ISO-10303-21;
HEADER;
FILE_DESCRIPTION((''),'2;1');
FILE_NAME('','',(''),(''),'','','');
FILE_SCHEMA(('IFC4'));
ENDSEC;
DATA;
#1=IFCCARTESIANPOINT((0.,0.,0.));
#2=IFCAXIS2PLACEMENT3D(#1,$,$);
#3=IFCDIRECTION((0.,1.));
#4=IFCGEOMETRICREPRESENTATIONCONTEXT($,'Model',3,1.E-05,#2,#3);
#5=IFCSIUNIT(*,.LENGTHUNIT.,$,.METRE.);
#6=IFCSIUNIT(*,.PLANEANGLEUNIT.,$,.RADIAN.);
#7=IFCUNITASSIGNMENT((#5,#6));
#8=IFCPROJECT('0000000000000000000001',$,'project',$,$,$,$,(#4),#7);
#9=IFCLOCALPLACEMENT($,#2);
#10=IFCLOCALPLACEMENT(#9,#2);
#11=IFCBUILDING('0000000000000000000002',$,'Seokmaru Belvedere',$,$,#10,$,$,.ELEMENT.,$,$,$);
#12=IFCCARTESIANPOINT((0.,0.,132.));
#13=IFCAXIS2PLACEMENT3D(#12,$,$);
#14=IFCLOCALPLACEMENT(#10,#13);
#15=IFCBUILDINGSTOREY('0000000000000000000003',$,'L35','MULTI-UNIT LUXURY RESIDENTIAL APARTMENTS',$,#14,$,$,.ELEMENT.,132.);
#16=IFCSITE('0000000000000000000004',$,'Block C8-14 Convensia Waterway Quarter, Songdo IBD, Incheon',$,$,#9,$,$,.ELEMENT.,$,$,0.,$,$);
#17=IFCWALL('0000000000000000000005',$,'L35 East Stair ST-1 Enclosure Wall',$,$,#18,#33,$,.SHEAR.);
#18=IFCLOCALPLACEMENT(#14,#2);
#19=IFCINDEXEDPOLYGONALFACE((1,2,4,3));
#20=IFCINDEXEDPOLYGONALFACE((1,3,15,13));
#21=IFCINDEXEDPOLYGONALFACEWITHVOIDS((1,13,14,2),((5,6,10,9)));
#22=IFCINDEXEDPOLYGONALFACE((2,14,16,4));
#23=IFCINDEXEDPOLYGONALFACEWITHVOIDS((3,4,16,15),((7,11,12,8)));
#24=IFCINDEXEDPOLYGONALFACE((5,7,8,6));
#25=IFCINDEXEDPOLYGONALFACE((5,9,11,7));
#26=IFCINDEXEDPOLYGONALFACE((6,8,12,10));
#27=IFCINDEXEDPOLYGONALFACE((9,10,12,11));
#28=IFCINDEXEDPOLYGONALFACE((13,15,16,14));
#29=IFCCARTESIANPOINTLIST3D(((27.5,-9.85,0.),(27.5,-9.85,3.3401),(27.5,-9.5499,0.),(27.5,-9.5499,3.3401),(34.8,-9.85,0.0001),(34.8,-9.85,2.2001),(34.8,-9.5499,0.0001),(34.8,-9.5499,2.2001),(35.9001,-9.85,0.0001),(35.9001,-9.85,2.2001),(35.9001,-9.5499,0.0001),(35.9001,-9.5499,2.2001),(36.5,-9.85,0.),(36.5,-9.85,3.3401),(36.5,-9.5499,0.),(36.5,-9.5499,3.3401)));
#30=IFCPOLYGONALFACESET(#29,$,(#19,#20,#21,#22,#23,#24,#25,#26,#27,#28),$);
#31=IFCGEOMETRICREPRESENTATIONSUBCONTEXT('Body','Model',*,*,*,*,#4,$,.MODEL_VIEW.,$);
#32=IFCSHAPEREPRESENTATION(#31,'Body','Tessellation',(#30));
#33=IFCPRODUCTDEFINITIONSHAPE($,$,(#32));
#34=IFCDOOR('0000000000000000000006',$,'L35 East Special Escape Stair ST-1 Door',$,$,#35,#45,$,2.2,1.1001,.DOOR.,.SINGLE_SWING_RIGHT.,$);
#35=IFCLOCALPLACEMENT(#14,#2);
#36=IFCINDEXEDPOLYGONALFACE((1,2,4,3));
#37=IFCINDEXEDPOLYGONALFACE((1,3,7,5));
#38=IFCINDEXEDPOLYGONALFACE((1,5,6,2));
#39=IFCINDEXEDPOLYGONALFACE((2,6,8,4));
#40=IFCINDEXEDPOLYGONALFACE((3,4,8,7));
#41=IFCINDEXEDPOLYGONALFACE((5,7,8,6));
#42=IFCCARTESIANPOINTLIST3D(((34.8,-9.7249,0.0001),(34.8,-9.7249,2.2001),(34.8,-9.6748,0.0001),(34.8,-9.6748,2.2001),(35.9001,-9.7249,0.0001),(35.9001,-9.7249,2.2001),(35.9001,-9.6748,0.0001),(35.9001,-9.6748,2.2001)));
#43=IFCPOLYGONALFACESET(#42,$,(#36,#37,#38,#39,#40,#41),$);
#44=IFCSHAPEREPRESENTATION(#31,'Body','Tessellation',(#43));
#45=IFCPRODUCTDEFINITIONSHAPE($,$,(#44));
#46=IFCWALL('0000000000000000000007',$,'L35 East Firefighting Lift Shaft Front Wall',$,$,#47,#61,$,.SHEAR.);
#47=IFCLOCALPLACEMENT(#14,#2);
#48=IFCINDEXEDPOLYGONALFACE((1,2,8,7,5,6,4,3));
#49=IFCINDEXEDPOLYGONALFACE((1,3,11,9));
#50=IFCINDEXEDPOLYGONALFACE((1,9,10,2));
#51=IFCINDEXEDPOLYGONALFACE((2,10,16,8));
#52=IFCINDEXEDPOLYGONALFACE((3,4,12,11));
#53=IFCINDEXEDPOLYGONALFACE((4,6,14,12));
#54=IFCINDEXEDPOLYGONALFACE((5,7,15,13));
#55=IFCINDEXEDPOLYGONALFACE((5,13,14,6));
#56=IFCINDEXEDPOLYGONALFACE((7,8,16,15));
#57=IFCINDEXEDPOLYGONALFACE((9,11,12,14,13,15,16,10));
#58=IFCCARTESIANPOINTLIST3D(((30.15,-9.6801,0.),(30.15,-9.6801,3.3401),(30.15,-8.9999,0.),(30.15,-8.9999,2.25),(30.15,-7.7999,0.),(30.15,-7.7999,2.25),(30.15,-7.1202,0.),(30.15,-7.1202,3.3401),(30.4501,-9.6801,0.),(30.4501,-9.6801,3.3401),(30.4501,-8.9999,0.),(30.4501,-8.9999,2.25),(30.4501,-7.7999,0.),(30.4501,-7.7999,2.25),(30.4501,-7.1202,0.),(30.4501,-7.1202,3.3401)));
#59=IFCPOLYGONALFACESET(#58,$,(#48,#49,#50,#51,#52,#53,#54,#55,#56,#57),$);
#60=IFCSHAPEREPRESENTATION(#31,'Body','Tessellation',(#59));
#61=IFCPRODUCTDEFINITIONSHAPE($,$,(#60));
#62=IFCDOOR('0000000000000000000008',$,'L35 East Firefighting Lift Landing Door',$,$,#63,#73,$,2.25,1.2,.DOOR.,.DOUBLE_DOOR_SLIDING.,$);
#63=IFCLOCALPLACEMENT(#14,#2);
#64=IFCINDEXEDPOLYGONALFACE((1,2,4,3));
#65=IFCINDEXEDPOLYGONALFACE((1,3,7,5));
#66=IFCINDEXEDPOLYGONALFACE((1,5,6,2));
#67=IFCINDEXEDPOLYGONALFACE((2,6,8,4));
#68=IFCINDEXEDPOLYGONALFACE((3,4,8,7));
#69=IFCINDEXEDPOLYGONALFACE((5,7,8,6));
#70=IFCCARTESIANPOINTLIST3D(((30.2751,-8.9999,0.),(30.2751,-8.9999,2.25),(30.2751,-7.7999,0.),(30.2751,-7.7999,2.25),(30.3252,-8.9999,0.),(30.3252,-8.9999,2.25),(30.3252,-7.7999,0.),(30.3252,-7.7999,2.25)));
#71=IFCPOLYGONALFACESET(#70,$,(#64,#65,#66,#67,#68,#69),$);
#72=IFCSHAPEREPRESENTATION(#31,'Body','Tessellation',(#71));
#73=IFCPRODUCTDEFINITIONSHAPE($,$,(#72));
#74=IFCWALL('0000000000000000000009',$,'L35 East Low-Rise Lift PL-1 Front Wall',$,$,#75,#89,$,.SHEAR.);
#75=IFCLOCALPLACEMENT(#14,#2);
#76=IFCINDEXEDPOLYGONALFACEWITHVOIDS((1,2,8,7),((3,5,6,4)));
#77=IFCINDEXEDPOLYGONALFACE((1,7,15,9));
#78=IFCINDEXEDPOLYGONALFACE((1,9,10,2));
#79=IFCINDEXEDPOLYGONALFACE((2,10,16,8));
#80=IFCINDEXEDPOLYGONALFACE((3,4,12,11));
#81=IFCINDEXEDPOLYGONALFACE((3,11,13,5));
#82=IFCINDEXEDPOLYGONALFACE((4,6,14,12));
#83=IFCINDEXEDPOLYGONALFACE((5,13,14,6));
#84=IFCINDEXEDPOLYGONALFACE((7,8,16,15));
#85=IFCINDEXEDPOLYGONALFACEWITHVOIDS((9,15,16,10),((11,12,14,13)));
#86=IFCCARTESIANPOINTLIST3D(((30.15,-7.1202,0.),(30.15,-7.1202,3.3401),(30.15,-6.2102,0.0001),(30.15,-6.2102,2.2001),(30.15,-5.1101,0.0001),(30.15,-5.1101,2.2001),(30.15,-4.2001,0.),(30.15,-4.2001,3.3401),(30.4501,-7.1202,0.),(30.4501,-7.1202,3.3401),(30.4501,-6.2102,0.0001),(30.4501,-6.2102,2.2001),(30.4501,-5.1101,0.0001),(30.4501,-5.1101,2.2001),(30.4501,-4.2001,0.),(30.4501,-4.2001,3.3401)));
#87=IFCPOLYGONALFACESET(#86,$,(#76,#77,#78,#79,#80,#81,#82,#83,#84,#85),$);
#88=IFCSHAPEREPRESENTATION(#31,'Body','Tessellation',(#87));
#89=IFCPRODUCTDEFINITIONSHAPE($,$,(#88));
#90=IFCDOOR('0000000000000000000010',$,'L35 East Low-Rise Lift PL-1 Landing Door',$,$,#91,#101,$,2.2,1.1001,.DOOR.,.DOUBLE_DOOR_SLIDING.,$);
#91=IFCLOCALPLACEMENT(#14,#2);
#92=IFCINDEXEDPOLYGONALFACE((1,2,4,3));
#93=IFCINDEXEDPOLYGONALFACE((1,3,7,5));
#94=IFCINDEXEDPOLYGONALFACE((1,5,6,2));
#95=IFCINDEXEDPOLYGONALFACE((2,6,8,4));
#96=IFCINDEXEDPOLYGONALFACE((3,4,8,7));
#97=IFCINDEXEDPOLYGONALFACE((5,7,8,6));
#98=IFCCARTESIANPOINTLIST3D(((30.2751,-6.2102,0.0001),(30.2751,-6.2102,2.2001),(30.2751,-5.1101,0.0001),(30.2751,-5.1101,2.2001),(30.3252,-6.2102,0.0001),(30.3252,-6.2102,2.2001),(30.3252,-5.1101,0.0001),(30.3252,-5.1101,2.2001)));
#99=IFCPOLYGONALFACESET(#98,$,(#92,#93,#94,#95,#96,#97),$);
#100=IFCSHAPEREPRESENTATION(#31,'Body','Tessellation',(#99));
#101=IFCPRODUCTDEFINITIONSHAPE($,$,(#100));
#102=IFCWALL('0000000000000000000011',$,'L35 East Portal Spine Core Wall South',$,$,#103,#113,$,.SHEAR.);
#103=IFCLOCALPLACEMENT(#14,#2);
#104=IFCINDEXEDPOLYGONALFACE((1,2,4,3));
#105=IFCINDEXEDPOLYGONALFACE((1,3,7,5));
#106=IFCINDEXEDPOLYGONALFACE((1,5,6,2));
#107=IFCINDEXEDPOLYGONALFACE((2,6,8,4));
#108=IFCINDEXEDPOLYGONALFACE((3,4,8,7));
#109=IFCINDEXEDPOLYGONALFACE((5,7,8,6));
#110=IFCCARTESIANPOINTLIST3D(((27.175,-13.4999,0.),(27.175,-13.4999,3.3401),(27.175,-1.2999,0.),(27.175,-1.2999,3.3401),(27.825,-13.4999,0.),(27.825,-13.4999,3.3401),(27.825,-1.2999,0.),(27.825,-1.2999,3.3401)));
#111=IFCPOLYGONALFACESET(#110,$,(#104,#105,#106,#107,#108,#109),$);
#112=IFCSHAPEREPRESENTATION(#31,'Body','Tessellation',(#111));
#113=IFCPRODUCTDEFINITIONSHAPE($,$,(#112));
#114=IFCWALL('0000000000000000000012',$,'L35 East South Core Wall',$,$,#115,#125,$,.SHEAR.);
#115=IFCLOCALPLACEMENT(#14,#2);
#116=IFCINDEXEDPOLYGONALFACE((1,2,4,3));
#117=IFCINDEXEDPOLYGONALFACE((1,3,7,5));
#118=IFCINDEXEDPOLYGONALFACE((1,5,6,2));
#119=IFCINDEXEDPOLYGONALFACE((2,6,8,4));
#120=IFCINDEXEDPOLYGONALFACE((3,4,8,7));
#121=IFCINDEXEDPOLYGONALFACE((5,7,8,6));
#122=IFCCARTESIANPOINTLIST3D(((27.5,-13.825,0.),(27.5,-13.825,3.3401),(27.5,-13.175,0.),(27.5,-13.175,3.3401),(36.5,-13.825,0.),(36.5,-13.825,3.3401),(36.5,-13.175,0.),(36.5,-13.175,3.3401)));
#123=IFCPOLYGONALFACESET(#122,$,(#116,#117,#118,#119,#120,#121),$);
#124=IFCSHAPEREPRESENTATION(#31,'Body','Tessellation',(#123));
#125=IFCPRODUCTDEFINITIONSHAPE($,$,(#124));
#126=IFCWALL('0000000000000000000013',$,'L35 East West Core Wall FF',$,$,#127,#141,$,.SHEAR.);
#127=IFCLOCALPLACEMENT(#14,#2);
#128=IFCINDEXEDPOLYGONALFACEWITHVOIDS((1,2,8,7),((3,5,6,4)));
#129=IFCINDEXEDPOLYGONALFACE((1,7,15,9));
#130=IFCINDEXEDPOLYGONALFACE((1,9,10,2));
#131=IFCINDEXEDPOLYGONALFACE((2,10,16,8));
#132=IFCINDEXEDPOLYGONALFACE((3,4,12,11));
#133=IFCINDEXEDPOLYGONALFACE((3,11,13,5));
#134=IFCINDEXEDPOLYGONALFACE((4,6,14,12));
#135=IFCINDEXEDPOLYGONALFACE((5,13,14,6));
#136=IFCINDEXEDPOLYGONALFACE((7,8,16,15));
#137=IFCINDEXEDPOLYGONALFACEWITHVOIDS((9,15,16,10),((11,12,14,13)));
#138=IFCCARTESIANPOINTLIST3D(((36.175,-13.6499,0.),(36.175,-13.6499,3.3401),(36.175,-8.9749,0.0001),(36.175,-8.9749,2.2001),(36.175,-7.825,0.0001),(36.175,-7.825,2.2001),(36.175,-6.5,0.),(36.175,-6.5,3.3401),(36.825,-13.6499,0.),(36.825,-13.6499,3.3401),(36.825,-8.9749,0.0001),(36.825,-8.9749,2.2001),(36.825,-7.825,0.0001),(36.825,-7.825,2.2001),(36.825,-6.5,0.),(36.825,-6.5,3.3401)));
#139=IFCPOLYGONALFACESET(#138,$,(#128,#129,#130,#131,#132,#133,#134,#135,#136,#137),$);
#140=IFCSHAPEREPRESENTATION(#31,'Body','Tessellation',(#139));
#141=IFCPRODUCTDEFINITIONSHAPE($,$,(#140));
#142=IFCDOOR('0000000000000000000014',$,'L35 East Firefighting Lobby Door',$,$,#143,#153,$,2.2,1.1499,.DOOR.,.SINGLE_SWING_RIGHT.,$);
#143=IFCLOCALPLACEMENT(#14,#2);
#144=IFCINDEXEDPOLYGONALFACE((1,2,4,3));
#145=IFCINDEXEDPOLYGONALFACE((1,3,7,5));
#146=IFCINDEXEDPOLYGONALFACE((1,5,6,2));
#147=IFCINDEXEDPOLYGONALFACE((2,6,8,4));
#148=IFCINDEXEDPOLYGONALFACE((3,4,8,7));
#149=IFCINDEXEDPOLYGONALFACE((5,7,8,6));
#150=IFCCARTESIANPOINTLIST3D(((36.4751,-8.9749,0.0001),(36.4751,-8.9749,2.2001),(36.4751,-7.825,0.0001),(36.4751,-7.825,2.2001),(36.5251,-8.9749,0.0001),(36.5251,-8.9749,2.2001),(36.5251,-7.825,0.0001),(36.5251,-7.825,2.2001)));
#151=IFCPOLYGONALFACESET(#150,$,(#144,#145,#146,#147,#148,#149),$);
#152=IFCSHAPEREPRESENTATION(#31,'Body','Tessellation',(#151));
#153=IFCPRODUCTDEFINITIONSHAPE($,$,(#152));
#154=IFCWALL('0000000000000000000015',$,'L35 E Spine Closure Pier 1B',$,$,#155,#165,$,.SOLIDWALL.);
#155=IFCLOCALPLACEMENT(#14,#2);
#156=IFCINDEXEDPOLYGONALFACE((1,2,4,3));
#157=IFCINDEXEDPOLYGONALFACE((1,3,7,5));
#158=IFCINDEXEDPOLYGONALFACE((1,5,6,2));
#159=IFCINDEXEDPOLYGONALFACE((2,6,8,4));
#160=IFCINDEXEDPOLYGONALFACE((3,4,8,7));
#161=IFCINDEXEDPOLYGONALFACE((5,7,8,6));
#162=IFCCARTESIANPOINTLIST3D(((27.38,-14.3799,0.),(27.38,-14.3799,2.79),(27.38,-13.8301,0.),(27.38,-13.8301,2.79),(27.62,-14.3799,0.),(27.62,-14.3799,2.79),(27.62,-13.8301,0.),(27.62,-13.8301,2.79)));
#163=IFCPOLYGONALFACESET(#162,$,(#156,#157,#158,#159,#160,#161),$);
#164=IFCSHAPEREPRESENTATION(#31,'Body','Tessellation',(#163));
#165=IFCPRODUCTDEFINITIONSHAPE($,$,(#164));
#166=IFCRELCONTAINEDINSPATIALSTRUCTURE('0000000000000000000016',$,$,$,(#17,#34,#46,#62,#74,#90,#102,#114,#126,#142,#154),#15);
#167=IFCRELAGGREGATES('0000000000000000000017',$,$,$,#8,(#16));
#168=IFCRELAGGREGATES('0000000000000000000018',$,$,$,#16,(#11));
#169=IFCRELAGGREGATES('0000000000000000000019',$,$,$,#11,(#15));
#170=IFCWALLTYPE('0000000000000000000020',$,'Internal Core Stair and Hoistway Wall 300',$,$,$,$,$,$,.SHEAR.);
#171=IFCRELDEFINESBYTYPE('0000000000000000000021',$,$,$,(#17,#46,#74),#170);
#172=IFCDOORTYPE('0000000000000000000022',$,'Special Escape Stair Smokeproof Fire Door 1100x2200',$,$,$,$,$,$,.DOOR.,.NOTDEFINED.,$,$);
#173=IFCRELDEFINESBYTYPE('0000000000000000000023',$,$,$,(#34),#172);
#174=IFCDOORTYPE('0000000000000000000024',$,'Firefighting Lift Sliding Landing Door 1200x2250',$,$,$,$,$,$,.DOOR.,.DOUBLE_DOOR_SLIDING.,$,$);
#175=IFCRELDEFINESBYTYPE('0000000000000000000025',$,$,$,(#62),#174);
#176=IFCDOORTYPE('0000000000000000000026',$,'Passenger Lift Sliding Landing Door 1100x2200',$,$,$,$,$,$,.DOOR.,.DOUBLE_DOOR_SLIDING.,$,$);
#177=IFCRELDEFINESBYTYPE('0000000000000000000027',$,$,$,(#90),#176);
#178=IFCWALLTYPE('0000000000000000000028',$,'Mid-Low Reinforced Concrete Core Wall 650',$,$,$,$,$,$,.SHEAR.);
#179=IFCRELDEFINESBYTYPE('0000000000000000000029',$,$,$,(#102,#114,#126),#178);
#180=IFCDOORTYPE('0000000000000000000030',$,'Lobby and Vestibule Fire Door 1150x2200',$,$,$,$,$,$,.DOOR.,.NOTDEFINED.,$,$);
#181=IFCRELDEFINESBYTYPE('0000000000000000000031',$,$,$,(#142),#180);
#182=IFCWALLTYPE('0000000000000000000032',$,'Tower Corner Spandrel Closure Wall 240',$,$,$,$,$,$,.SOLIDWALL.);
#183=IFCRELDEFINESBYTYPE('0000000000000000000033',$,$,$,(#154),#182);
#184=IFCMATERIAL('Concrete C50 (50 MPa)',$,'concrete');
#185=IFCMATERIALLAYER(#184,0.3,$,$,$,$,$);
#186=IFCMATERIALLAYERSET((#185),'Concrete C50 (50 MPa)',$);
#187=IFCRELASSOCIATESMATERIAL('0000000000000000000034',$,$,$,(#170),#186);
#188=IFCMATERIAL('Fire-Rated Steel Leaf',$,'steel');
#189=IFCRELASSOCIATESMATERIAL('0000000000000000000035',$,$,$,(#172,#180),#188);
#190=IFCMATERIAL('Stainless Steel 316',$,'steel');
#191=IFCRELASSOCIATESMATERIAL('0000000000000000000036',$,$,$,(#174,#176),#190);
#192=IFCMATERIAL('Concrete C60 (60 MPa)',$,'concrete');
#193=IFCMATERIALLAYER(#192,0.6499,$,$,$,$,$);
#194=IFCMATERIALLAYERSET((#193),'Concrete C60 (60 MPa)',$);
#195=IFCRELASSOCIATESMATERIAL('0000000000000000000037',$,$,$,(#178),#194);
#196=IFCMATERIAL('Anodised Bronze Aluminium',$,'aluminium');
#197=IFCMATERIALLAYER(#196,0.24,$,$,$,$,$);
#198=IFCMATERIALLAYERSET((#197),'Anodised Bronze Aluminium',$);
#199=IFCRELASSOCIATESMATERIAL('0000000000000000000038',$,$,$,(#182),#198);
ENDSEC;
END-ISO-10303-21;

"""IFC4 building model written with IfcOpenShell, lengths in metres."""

from ifc_helpers import new_model, si_unit, direction, frame, frame_2d, origin, place, context, subcontext, project, spatial, rectangle, extrude, source, transform, mapped, material, layer, layer_set, type_object, type_shapes, element, fill, save


model = new_model("IFC4")

# Units and contexts
model_context = context("Model", 3, precision=1e-05, world=origin(), true_north=direction((0.0, 1.0)))
body_context = subcontext(model_context, "Body", "Model", "MODEL_VIEW")
ifc_project = project(units=[si_unit("LENGTHUNIT", "METRE"), si_unit("PLANEANGLEUNIT", "RADIAN")], contexts=[model_context])

# Site, building, storey
site_placement = place(None, origin())
site = spatial("IfcSite", under=ifc_project, at=site_placement, Name="Block C8-14 Convensia Waterway Quarter, Songdo IBD, Incheon", CompositionType="ELEMENT", RefElevation=0.0)
building_placement = place(site_placement, origin())
building = spatial("IfcBuilding", under=site, at=building_placement, Name="Seokmaru Belvedere", CompositionType="ELEMENT")
storey_placement = place(building_placement, frame((0.0, 0.0, 132.0)))
storey = spatial("IfcBuildingStorey", under=building, at=storey_placement, Name="L35", Description="MULTI-UNIT LUXURY RESIDENTIAL APARTMENTS", CompositionType="ELEMENT", Elevation=132.0)

# Shared definitions
ifc_material_1 = material(Name="Anodised Bronze Aluminium", Category="aluminium")

# Shared definitions
ifc_material_2 = material(Name="Concrete C50 (50 MPa)", Category="concrete")

# Walls, openings, doors
ifc_layer_1 = layer(ifc_material_2, 0.3)
ifc_layer_set_1 = layer_set([ifc_layer_1], Name="Concrete C50 (50 MPa)")
wall_type_1 = type_object("IfcWallType", Name="Internal Core Stair and Hoistway Wall 300", PredefinedType="SHEAR", material=ifc_layer_set_1)
wall_1_placement = place(storey_placement, frame((27.5, -9.7, 0.0), z_axis=(0.0, 0.0, 1.0), x_axis=(1.0, 0.0, 0.0)))
wall_1 = element("IfcWall", 1, at=wall_1_placement, inside=storey, type_object=wall_type_1, Name="L35 East Stair ST-1 Enclosure Wall", PredefinedType="SHEAR", context=body_context, shape_type="SweptSolid", body=[
    extrude(rectangle(XDim=9.0, YDim=0.3, at=frame_2d((4.5, 0.0))), origin(), (0.0, 0.0, 1.0), 3.3401),
])
opening_1_placement = place(wall_1_placement, frame((7.3, 0.0, 0.0)))
opening_1 = element("IfcOpeningElement", 2, at=opening_1_placement, cuts=wall_1, PredefinedType="OPENING", context=body_context, shape_type="SweptSolid", body=[
    extrude(rectangle(XDim=1.1001, YDim=2.2, at=frame_2d((0.55, 1.1001))), frame((0.0, 0.1602, 0.0), z_axis=(0.0, -1.0, 0.0), x_axis=(1.0, 0.0, 0.0)), (0.0, 0.0, 1.0), 0.3201),
])
ifc_material_3 = material(Name="Fire-Rated Steel Leaf", Category="steel")
door_type_1 = type_object("IfcDoorType", Name="Special Escape Stair Smokeproof Fire Door 1100x2200", OperationType="NOTDEFINED", PredefinedType="DOOR", material=ifc_material_3)
shared_shape_1 = source(origin(), body_context, "Body", "SweptSolid", [
    extrude(rectangle(XDim=1.1001, YDim=2.2, at=frame_2d((0.55, 1.1001))), frame((0.0, 0.0249, 0.0), z_axis=(0.0, -1.0, 0.0), x_axis=(1.0, 0.0, 0.0)), (0.0, 0.0, 1.0), 0.05),
])
type_shapes(door_type_1, [shared_shape_1])
door_1_placement = place(opening_1_placement, frame((1.1001, 0.0, 0.0), z_axis=(0.0, 0.0, 1.0), x_axis=(-1.0, 0.0, 0.0)))
door_1 = element("IfcDoor", 3, at=door_1_placement, inside=storey, type_object=door_type_1, Name="L35 East Special Escape Stair ST-1 Door", OperationType="SINGLE_SWING_RIGHT", OverallHeight=2.2, OverallWidth=1.1001, PredefinedType="DOOR", context=body_context, shape_type="MappedRepresentation", body=[
    mapped(shared_shape_1, transform((0.0, 0.0, 0.0), scale=1.0)),
])
fill(opening_1, door_1)
wall_2_placement = place(storey_placement, frame((30.3, -9.6799, 0.0), z_axis=(0.0, 0.0, 1.0), x_axis=(0.0, 1.0, 0.0)))
wall_2 = element("IfcWall", 4, at=wall_2_placement, inside=storey, type_object=wall_type_1, Name="L35 East Firefighting Lift Shaft Front Wall", PredefinedType="SHEAR", context=body_context, shape_type="SweptSolid", body=[
    extrude(rectangle(XDim=2.5598, YDim=0.3, at=frame_2d((1.2798, 0.0))), origin(), (0.0, 0.0, 1.0), 3.3401),
])
opening_2_placement = place(wall_2_placement, frame((0.6799, 0.0, 0.0)))
opening_2 = element("IfcOpeningElement", 5, at=opening_2_placement, cuts=wall_2, PredefinedType="OPENING", context=body_context, shape_type="SweptSolid", body=[
    extrude(rectangle(XDim=1.2, YDim=2.25, at=frame_2d((0.6001, 1.125))), frame((0.0, 0.1602, 0.0), z_axis=(0.0, -1.0, 0.0), x_axis=(1.0, 0.0, 0.0)), (0.0, 0.0, 1.0), 0.3201),
])
ifc_material_4 = material(Name="Stainless Steel 316", Category="steel")
door_type_2 = type_object("IfcDoorType", Name="Firefighting Lift Sliding Landing Door 1200x2250", OperationType="DOUBLE_DOOR_SLIDING", PredefinedType="DOOR", material=ifc_material_4)
shared_shape_2 = source(origin(), body_context, "Body", "SweptSolid", [
    extrude(rectangle(XDim=1.2, YDim=2.25, at=frame_2d((0.6001, 1.125))), frame((0.0, 0.0249, 0.0), z_axis=(0.0, -1.0, 0.0), x_axis=(1.0, 0.0, 0.0)), (0.0, 0.0, 1.0), 0.05),
])
type_shapes(door_type_2, [shared_shape_2])
door_2_placement = place(opening_2_placement, origin())
door_2 = element("IfcDoor", 6, at=door_2_placement, inside=storey, type_object=door_type_2, Name="L35 East Firefighting Lift Landing Door", OperationType="DOUBLE_DOOR_SLIDING", OverallHeight=2.25, OverallWidth=1.2, PredefinedType="DOOR", context=body_context, shape_type="MappedRepresentation", body=[
    mapped(shared_shape_2, transform((0.0, 0.0, 0.0), scale=1.0)),
])
fill(opening_2, door_2)
wall_3_placement = place(storey_placement, frame((30.3, -7.1201, 0.0), z_axis=(0.0, 0.0, 1.0), x_axis=(0.0, 1.0, 0.0)))
wall_3 = element("IfcWall", 7, at=wall_3_placement, inside=storey, type_object=wall_type_1, Name="L35 East Low-Rise Lift PL-1 Front Wall", PredefinedType="SHEAR", context=body_context, shape_type="SweptSolid", body=[
    extrude(rectangle(XDim=2.9202, YDim=0.3, at=frame_2d((1.46, 0.0))), origin(), (0.0, 0.0, 1.0), 3.3401),
])
opening_3_placement = place(wall_3_placement, frame((0.9099, 0.0, 0.0)))
opening_3 = element("IfcOpeningElement", 8, at=opening_3_placement, cuts=wall_3, PredefinedType="OPENING", context=body_context, shape_type="SweptSolid", body=[
    extrude(rectangle(XDim=1.1001, YDim=2.2, at=frame_2d((0.55, 1.1001))), frame((0.0, 0.1602, 0.0), z_axis=(0.0, -1.0, 0.0), x_axis=(1.0, 0.0, 0.0)), (0.0, 0.0, 1.0), 0.3201),
])
door_type_3 = type_object("IfcDoorType", Name="Passenger Lift Sliding Landing Door 1100x2200", OperationType="DOUBLE_DOOR_SLIDING", PredefinedType="DOOR", material=ifc_material_4)
shared_shape_3 = source(origin(), body_context, "Body", "SweptSolid", [
    extrude(rectangle(XDim=1.1001, YDim=2.2, at=frame_2d((0.55, 1.1001))), frame((0.0, 0.0249, 0.0), z_axis=(0.0, -1.0, 0.0), x_axis=(1.0, 0.0, 0.0)), (0.0, 0.0, 1.0), 0.05),
])
type_shapes(door_type_3, [shared_shape_3])
door_3_placement = place(opening_3_placement, origin())
door_3 = element("IfcDoor", 9, at=door_3_placement, inside=storey, type_object=door_type_3, Name="L35 East Low-Rise Lift PL-1 Landing Door", OperationType="DOUBLE_DOOR_SLIDING", OverallHeight=2.2, OverallWidth=1.1001, PredefinedType="DOOR", context=body_context, shape_type="MappedRepresentation", body=[
    mapped(shared_shape_3, transform((0.0, 0.0, 0.0), scale=1.0)),
])
fill(opening_3, door_3)

# Walls
ifc_material_5 = material(Name="Concrete C60 (60 MPa)", Category="concrete")
ifc_layer_2 = layer(ifc_material_5, 0.6499)
ifc_layer_set_2 = layer_set([ifc_layer_2], Name="Concrete C60 (60 MPa)")
wall_type_2 = type_object("IfcWallType", Name="Mid-Low Reinforced Concrete Core Wall 650", PredefinedType="SHEAR", material=ifc_layer_set_2)
wall_4_placement = place(storey_placement, frame((27.5, -13.5, 0.0), z_axis=(0.0, 0.0, 1.0), x_axis=(0.0, 1.0, 0.0)))
element("IfcWall", 10, at=wall_4_placement, inside=storey, type_object=wall_type_2, Name="L35 East Portal Spine Core Wall South", PredefinedType="SHEAR", context=body_context, shape_type="SweptSolid", body=[
    extrude(rectangle(XDim=12.2, YDim=0.6499, at=frame_2d((6.1001, 0.0))), origin(), (0.0, 0.0, 1.0), 3.3401),
])
wall_5_placement = place(storey_placement, frame((27.5, -13.5, 0.0), z_axis=(0.0, 0.0, 1.0), x_axis=(1.0, 0.0, 0.0)))
element("IfcWall", 11, at=wall_5_placement, inside=storey, type_object=wall_type_2, Name="L35 East South Core Wall", PredefinedType="SHEAR", context=body_context, shape_type="SweptSolid", body=[
    extrude(rectangle(XDim=9.0, YDim=0.6499, at=frame_2d((4.5, 0.0))), origin(), (0.0, 0.0, 1.0), 3.3401),
])

# Wall, opening, door
wall_6_placement = place(storey_placement, frame((36.5, -13.6499, 0.0), z_axis=(0.0, 0.0, 1.0), x_axis=(0.0, 1.0, 0.0)))
wall_6 = element("IfcWall", 12, at=wall_6_placement, inside=storey, type_object=wall_type_2, Name="L35 East West Core Wall FF", PredefinedType="SHEAR", context=body_context, shape_type="SweptSolid", body=[
    extrude(rectangle(XDim=7.1499, YDim=0.6499, at=frame_2d((3.575, 0.0))), origin(), (0.0, 0.0, 1.0), 3.3401),
])
opening_4_placement = place(wall_6_placement, frame((4.675, 0.0, 0.0)))
opening_4 = element("IfcOpeningElement", 13, at=opening_4_placement, cuts=wall_6, PredefinedType="OPENING", context=body_context, shape_type="SweptSolid", body=[
    extrude(rectangle(XDim=1.1499, YDim=2.2, at=frame_2d((0.575, 1.1001))), frame((0.0, 0.335, 0.0), z_axis=(0.0, -1.0, 0.0), x_axis=(1.0, 0.0, 0.0)), (0.0, 0.0, 1.0), 0.6699),
])
door_type_4 = type_object("IfcDoorType", Name="Lobby and Vestibule Fire Door 1150x2200", OperationType="NOTDEFINED", PredefinedType="DOOR", material=ifc_material_3)
shared_shape_4 = source(origin(), body_context, "Body", "SweptSolid", [
    extrude(rectangle(XDim=1.1499, YDim=2.2, at=frame_2d((0.575, 1.1001))), frame((0.0, 0.0249, 0.0), z_axis=(0.0, -1.0, 0.0), x_axis=(1.0, 0.0, 0.0)), (0.0, 0.0, 1.0), 0.05),
])
type_shapes(door_type_4, [shared_shape_4])
door_4_placement = place(opening_4_placement, origin())
door_4 = element("IfcDoor", 14, at=door_4_placement, inside=storey, type_object=door_type_4, Name="L35 East Firefighting Lobby Door", OperationType="SINGLE_SWING_RIGHT", OverallHeight=2.2, OverallWidth=1.1499, PredefinedType="DOOR", context=body_context, shape_type="MappedRepresentation", body=[
    mapped(shared_shape_4, transform((0.0, 0.0, 0.0), scale=1.0)),
])
fill(opening_4, door_4)

# Wall
ifc_layer_3 = layer(ifc_material_1, 0.24)
ifc_layer_set_3 = layer_set([ifc_layer_3], Name="Anodised Bronze Aluminium")
wall_type_3 = type_object("IfcWallType", Name="Tower Corner Spandrel Closure Wall 240", PredefinedType="SOLIDWALL", material=ifc_layer_set_3)
wall_7_placement = place(storey_placement, frame((27.5, -14.3799, 0.0), z_axis=(0.0, 0.0, 1.0), x_axis=(0.0, 1.0, 0.0)))
element("IfcWall", 15, at=wall_7_placement, inside=storey, type_object=wall_type_3, Name="L35 E Spine Closure Pier 1B", PredefinedType="SOLIDWALL", context=body_context, shape_type="SweptSolid", body=[
    extrude(rectangle(XDim=0.5498, YDim=0.24, at=frame_2d((0.2749, 0.0))), origin(), (0.0, 0.0, 1.0), 2.79),
])

save(model, "model.ifc")
